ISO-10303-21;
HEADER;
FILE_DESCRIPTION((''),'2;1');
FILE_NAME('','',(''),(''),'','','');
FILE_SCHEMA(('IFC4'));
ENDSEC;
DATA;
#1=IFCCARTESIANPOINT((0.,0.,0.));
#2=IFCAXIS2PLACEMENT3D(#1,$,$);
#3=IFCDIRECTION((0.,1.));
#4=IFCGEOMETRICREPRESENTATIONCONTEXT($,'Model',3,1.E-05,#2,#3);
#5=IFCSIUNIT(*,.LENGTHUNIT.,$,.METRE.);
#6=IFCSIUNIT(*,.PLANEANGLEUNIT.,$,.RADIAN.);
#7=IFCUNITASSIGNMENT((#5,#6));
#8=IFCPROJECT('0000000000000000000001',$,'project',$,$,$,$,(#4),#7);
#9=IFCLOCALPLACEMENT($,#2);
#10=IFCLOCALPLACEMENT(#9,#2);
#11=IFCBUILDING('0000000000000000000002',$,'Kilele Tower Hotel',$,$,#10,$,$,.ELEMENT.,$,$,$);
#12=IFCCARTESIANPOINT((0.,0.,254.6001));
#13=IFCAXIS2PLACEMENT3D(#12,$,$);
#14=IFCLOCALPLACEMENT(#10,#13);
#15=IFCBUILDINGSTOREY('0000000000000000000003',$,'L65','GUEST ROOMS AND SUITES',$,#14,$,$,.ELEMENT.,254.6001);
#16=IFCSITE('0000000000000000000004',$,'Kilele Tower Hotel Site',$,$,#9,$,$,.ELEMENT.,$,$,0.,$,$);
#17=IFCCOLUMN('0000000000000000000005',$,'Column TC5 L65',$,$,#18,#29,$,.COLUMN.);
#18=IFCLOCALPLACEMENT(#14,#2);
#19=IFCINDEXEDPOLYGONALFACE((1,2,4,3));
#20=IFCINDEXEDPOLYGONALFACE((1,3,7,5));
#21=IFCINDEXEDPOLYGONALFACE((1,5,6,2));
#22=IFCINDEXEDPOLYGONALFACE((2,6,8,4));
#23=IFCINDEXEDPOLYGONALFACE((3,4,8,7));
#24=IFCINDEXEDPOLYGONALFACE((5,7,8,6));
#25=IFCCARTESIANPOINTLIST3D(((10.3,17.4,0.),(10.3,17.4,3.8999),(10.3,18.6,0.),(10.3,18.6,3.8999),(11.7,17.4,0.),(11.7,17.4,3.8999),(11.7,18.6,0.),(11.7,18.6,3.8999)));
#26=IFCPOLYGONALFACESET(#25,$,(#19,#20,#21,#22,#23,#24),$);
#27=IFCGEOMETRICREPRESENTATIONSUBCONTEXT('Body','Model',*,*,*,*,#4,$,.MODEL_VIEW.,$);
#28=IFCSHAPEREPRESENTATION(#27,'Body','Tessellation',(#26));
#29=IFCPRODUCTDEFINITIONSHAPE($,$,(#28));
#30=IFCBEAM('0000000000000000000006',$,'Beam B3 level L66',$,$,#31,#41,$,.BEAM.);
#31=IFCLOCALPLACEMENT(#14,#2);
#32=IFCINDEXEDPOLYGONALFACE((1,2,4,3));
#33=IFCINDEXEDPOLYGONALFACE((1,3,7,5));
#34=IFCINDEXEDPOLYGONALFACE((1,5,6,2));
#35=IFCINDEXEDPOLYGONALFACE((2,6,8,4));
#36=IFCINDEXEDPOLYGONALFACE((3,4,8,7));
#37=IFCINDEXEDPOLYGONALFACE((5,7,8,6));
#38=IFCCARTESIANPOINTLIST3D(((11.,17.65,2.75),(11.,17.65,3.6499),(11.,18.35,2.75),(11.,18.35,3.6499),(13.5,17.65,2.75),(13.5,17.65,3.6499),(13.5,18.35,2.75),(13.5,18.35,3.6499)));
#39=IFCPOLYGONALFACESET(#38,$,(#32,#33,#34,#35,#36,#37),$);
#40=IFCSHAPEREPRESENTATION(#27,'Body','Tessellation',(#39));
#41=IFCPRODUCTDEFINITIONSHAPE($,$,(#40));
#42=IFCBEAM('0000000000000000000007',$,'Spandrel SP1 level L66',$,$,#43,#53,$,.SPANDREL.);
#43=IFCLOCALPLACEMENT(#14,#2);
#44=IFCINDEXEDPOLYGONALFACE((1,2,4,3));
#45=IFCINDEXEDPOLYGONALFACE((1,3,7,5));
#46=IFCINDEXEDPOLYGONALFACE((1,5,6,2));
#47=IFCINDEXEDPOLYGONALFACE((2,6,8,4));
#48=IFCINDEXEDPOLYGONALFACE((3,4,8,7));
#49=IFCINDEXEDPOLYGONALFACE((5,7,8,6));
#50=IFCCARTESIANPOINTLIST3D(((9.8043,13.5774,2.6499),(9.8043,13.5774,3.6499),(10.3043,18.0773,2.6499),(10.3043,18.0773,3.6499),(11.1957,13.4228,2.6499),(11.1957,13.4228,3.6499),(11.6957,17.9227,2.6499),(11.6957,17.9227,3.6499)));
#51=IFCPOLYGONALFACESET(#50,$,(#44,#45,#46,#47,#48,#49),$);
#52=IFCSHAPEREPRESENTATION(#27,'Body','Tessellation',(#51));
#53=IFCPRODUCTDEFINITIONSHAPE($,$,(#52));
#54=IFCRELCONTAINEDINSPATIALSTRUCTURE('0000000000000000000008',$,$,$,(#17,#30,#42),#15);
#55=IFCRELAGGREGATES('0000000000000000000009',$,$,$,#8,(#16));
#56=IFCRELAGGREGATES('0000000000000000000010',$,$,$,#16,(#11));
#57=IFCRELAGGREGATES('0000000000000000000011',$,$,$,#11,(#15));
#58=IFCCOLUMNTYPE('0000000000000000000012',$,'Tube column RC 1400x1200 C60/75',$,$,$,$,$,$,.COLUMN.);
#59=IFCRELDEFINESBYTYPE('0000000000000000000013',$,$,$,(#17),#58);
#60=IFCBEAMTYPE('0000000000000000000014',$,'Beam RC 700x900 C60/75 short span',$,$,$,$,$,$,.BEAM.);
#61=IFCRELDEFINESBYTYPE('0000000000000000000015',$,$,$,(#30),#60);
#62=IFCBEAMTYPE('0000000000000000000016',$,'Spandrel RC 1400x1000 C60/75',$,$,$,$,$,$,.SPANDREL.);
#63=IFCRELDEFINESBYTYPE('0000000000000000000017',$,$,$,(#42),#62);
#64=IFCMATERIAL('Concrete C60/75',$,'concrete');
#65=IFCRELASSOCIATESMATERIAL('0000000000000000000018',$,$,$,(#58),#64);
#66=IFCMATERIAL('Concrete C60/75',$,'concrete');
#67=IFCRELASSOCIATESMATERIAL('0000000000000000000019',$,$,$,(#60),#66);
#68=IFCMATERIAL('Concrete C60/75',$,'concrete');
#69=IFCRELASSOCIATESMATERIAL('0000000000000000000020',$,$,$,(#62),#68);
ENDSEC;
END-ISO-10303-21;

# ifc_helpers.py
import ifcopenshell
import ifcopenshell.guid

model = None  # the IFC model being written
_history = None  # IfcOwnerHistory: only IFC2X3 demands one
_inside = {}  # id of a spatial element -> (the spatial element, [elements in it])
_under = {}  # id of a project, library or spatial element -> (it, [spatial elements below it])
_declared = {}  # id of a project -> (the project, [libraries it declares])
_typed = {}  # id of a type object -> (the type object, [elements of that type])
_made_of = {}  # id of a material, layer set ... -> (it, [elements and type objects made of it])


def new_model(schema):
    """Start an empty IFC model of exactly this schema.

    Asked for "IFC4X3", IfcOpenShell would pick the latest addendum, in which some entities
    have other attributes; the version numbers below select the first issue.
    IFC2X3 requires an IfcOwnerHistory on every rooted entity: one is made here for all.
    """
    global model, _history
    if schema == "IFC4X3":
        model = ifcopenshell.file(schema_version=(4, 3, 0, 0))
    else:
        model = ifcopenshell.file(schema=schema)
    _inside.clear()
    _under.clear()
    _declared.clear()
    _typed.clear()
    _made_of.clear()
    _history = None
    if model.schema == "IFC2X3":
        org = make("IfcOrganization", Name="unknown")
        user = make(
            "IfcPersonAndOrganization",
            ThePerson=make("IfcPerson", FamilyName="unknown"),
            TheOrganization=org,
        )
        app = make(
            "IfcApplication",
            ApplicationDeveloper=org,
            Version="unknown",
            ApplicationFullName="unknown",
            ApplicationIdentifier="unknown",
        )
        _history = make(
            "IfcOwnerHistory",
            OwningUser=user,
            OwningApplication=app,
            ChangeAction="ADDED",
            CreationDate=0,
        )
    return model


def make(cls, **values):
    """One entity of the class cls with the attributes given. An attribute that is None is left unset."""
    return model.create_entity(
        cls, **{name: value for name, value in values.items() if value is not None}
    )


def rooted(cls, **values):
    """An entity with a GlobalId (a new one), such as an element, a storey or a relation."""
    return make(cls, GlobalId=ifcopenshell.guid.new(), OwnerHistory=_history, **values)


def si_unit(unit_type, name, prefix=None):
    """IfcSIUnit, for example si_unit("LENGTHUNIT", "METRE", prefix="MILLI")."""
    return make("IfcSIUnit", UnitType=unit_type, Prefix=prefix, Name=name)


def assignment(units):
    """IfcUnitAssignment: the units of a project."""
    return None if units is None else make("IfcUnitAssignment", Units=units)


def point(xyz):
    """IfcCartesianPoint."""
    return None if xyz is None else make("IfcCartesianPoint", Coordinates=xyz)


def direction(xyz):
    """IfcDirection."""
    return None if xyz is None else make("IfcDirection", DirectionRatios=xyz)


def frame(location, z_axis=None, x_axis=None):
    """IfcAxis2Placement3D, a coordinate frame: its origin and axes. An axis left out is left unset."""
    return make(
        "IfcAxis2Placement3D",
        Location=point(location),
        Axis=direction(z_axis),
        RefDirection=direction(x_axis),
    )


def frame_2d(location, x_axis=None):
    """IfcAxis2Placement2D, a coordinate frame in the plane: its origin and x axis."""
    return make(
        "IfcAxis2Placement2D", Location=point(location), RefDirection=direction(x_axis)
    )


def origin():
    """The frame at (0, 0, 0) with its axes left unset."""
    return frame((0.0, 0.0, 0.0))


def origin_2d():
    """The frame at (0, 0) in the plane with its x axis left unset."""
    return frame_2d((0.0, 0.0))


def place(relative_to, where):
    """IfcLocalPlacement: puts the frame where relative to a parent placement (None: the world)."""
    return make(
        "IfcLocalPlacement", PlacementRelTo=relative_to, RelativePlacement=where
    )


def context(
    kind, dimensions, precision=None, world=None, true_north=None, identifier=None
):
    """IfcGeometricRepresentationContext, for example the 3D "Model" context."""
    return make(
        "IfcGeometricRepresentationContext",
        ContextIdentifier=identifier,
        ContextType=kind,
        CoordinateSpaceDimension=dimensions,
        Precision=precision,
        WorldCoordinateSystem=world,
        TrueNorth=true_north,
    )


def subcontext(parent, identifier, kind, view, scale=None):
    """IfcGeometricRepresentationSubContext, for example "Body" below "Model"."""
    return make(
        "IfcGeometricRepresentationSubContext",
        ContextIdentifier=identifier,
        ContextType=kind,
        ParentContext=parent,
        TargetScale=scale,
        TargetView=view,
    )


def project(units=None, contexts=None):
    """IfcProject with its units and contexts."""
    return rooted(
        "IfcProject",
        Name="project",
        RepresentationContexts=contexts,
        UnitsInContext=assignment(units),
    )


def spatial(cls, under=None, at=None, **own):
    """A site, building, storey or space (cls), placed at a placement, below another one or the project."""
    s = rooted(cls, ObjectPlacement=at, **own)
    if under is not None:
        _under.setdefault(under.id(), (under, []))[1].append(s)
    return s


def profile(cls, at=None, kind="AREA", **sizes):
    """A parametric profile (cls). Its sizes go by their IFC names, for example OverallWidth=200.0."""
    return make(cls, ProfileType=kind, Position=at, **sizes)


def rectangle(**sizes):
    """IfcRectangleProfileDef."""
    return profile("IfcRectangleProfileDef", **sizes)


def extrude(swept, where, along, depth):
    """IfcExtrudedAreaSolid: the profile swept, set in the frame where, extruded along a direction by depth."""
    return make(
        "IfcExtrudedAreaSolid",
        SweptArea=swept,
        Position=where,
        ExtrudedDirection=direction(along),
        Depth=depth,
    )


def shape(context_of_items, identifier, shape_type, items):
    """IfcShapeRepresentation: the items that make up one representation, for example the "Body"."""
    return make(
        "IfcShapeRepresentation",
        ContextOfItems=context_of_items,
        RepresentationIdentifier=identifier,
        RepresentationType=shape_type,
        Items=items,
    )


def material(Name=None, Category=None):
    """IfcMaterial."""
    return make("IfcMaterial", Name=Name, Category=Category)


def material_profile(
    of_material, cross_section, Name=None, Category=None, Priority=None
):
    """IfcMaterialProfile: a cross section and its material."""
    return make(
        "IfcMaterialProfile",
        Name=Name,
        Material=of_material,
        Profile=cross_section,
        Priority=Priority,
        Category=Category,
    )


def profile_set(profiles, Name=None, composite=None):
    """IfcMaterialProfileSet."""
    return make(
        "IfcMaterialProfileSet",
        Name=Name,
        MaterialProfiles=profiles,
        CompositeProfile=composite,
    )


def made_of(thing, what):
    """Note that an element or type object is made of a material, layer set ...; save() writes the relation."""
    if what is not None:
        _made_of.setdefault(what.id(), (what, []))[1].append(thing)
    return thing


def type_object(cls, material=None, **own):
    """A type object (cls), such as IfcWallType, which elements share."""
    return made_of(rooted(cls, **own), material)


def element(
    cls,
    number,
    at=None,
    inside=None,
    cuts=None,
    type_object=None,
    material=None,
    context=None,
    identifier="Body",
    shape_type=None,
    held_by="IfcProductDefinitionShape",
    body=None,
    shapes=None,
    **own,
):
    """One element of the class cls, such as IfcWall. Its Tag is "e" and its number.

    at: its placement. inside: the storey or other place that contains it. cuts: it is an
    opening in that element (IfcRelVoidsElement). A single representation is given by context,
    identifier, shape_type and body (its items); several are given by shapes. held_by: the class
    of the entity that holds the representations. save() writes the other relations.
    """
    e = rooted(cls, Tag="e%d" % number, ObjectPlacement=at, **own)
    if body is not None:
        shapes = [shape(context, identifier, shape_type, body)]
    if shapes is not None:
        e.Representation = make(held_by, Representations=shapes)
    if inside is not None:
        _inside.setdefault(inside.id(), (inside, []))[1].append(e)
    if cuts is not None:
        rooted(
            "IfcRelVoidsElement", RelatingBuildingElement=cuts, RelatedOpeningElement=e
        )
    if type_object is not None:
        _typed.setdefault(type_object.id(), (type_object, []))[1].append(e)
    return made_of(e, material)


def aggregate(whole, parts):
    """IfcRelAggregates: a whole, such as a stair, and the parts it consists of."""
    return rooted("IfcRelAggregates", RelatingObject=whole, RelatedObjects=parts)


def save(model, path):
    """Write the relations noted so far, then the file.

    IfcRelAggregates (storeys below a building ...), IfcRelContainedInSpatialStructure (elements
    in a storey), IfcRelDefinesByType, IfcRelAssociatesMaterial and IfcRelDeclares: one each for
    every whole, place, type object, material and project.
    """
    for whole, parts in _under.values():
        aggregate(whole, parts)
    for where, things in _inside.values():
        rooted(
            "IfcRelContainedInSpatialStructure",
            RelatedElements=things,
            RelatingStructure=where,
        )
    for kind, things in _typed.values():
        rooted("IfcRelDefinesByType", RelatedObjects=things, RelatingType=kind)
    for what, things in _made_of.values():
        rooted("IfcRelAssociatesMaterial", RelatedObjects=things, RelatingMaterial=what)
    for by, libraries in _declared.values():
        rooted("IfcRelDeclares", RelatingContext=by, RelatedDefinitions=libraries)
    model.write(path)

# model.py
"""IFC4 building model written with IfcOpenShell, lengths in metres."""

from ifc_helpers import new_model, si_unit, direction, frame, origin, origin_2d, place, context, subcontext, project, spatial, rectangle, extrude, material, material_profile, profile_set, type_object, element, save


model = new_model("IFC4")

# Units and contexts
model_context = context("Model", 3, precision=1e-05, world=origin(), true_north=direction((0.0, 1.0)))
body_context = subcontext(model_context, "Body", "Model", "MODEL_VIEW")
ifc_project = project(units=[si_unit("LENGTHUNIT", "METRE"), si_unit("PLANEANGLEUNIT", "RADIAN")], contexts=[model_context])

# Site, building, storey
site_placement = place(None, origin())
site = spatial("IfcSite", under=ifc_project, at=site_placement, Name="Kilele Tower Hotel Site", CompositionType="ELEMENT", RefElevation=0.0)
building_placement = place(site_placement, origin())
building = spatial("IfcBuilding", under=site, at=building_placement, Name="Kilele Tower Hotel", CompositionType="ELEMENT")
storey_placement = place(building_placement, frame((0.0, 0.0, 254.6001)))
storey = spatial("IfcBuildingStorey", under=building, at=storey_placement, Name="L65", Description="GUEST ROOMS AND SUITES", CompositionType="ELEMENT", Elevation=254.6001)

# Column
ifc_material_1 = material(Name="Concrete C60/75", Category="concrete")
ifc_material_profile_1 = material_profile(ifc_material_1, rectangle(XDim=1.3999, YDim=1.2, at=origin_2d()))
ifc_profile_set_1 = profile_set([ifc_material_profile_1], Name="Concrete C60/75")
column_type = type_object("IfcColumnType", Name="Tube column RC 1400x1200 C60/75", PredefinedType="COLUMN", material=ifc_profile_set_1)
column_placement = place(storey_placement, frame((11.0, 18.0, 0.0), z_axis=(0.0, 0.0, 1.0), x_axis=(1.0, 0.0, 0.0)))
element("IfcColumn", 1, at=column_placement, inside=storey, type_object=column_type, Name="Column TC5 L65", PredefinedType="COLUMN", context=body_context, shape_type="SweptSolid", body=[
    extrude(rectangle(XDim=1.3999, YDim=1.2, at=origin_2d()), origin(), (0.0, 0.0, 1.0), 3.8999),
])

# Beams
ifc_material_2 = material(Name="Concrete C60/75", Category="concrete")
ifc_material_profile_2 = material_profile(ifc_material_2, rectangle(XDim=0.7, YDim=0.8999, at=origin_2d()))
ifc_profile_set_2 = profile_set([ifc_material_profile_2], Name="Concrete C60/75")
beam_type_1 = type_object("IfcBeamType", Name="Beam RC 700x900 C60/75 short span", PredefinedType="BEAM", material=ifc_profile_set_2)
beam_1_placement = place(storey_placement, frame((11.0, 18.0, 3.2), z_axis=(1.0, 0.0, 0.0), x_axis=(0.0, 1.0, 0.0)))
element("IfcBeam", 2, at=beam_1_placement, inside=storey, type_object=beam_type_1, Name="Beam B3 level L66", PredefinedType="BEAM", context=body_context, shape_type="SweptSolid", body=[
    extrude(rectangle(XDim=0.7, YDim=0.8999, at=origin_2d()), origin(), (0.0, 0.0, 1.0), 2.5),
])
ifc_material_3 = material(Name="Concrete C60/75", Category="concrete")
ifc_material_profile_3 = material_profile(ifc_material_3, rectangle(XDim=1.3999, YDim=1.0, at=origin_2d()))
ifc_profile_set_3 = profile_set([ifc_material_profile_3], Name="Concrete C60/75")
beam_type_2 = type_object("IfcBeamType", Name="Spandrel RC 1400x1000 C60/75", PredefinedType="SPANDREL", material=ifc_profile_set_3)
beam_2_placement = place(storey_placement, frame((11.0, 18.0, 3.1499), z_axis=(-0.110432, -0.993884, 0.0), x_axis=(0.993884, -0.110432, 0.0)))
element("IfcBeam", 3, at=beam_2_placement, inside=storey, type_object=beam_type_2, Name="Spandrel SP1 level L66", PredefinedType="SPANDREL", context=body_context, shape_type="SweptSolid", body=[
    extrude(rectangle(XDim=1.3999, YDim=1.0, at=origin_2d()), origin(), (0.0, 0.0, 1.0), 4.5276),
])

save(model, "model.ifc")
